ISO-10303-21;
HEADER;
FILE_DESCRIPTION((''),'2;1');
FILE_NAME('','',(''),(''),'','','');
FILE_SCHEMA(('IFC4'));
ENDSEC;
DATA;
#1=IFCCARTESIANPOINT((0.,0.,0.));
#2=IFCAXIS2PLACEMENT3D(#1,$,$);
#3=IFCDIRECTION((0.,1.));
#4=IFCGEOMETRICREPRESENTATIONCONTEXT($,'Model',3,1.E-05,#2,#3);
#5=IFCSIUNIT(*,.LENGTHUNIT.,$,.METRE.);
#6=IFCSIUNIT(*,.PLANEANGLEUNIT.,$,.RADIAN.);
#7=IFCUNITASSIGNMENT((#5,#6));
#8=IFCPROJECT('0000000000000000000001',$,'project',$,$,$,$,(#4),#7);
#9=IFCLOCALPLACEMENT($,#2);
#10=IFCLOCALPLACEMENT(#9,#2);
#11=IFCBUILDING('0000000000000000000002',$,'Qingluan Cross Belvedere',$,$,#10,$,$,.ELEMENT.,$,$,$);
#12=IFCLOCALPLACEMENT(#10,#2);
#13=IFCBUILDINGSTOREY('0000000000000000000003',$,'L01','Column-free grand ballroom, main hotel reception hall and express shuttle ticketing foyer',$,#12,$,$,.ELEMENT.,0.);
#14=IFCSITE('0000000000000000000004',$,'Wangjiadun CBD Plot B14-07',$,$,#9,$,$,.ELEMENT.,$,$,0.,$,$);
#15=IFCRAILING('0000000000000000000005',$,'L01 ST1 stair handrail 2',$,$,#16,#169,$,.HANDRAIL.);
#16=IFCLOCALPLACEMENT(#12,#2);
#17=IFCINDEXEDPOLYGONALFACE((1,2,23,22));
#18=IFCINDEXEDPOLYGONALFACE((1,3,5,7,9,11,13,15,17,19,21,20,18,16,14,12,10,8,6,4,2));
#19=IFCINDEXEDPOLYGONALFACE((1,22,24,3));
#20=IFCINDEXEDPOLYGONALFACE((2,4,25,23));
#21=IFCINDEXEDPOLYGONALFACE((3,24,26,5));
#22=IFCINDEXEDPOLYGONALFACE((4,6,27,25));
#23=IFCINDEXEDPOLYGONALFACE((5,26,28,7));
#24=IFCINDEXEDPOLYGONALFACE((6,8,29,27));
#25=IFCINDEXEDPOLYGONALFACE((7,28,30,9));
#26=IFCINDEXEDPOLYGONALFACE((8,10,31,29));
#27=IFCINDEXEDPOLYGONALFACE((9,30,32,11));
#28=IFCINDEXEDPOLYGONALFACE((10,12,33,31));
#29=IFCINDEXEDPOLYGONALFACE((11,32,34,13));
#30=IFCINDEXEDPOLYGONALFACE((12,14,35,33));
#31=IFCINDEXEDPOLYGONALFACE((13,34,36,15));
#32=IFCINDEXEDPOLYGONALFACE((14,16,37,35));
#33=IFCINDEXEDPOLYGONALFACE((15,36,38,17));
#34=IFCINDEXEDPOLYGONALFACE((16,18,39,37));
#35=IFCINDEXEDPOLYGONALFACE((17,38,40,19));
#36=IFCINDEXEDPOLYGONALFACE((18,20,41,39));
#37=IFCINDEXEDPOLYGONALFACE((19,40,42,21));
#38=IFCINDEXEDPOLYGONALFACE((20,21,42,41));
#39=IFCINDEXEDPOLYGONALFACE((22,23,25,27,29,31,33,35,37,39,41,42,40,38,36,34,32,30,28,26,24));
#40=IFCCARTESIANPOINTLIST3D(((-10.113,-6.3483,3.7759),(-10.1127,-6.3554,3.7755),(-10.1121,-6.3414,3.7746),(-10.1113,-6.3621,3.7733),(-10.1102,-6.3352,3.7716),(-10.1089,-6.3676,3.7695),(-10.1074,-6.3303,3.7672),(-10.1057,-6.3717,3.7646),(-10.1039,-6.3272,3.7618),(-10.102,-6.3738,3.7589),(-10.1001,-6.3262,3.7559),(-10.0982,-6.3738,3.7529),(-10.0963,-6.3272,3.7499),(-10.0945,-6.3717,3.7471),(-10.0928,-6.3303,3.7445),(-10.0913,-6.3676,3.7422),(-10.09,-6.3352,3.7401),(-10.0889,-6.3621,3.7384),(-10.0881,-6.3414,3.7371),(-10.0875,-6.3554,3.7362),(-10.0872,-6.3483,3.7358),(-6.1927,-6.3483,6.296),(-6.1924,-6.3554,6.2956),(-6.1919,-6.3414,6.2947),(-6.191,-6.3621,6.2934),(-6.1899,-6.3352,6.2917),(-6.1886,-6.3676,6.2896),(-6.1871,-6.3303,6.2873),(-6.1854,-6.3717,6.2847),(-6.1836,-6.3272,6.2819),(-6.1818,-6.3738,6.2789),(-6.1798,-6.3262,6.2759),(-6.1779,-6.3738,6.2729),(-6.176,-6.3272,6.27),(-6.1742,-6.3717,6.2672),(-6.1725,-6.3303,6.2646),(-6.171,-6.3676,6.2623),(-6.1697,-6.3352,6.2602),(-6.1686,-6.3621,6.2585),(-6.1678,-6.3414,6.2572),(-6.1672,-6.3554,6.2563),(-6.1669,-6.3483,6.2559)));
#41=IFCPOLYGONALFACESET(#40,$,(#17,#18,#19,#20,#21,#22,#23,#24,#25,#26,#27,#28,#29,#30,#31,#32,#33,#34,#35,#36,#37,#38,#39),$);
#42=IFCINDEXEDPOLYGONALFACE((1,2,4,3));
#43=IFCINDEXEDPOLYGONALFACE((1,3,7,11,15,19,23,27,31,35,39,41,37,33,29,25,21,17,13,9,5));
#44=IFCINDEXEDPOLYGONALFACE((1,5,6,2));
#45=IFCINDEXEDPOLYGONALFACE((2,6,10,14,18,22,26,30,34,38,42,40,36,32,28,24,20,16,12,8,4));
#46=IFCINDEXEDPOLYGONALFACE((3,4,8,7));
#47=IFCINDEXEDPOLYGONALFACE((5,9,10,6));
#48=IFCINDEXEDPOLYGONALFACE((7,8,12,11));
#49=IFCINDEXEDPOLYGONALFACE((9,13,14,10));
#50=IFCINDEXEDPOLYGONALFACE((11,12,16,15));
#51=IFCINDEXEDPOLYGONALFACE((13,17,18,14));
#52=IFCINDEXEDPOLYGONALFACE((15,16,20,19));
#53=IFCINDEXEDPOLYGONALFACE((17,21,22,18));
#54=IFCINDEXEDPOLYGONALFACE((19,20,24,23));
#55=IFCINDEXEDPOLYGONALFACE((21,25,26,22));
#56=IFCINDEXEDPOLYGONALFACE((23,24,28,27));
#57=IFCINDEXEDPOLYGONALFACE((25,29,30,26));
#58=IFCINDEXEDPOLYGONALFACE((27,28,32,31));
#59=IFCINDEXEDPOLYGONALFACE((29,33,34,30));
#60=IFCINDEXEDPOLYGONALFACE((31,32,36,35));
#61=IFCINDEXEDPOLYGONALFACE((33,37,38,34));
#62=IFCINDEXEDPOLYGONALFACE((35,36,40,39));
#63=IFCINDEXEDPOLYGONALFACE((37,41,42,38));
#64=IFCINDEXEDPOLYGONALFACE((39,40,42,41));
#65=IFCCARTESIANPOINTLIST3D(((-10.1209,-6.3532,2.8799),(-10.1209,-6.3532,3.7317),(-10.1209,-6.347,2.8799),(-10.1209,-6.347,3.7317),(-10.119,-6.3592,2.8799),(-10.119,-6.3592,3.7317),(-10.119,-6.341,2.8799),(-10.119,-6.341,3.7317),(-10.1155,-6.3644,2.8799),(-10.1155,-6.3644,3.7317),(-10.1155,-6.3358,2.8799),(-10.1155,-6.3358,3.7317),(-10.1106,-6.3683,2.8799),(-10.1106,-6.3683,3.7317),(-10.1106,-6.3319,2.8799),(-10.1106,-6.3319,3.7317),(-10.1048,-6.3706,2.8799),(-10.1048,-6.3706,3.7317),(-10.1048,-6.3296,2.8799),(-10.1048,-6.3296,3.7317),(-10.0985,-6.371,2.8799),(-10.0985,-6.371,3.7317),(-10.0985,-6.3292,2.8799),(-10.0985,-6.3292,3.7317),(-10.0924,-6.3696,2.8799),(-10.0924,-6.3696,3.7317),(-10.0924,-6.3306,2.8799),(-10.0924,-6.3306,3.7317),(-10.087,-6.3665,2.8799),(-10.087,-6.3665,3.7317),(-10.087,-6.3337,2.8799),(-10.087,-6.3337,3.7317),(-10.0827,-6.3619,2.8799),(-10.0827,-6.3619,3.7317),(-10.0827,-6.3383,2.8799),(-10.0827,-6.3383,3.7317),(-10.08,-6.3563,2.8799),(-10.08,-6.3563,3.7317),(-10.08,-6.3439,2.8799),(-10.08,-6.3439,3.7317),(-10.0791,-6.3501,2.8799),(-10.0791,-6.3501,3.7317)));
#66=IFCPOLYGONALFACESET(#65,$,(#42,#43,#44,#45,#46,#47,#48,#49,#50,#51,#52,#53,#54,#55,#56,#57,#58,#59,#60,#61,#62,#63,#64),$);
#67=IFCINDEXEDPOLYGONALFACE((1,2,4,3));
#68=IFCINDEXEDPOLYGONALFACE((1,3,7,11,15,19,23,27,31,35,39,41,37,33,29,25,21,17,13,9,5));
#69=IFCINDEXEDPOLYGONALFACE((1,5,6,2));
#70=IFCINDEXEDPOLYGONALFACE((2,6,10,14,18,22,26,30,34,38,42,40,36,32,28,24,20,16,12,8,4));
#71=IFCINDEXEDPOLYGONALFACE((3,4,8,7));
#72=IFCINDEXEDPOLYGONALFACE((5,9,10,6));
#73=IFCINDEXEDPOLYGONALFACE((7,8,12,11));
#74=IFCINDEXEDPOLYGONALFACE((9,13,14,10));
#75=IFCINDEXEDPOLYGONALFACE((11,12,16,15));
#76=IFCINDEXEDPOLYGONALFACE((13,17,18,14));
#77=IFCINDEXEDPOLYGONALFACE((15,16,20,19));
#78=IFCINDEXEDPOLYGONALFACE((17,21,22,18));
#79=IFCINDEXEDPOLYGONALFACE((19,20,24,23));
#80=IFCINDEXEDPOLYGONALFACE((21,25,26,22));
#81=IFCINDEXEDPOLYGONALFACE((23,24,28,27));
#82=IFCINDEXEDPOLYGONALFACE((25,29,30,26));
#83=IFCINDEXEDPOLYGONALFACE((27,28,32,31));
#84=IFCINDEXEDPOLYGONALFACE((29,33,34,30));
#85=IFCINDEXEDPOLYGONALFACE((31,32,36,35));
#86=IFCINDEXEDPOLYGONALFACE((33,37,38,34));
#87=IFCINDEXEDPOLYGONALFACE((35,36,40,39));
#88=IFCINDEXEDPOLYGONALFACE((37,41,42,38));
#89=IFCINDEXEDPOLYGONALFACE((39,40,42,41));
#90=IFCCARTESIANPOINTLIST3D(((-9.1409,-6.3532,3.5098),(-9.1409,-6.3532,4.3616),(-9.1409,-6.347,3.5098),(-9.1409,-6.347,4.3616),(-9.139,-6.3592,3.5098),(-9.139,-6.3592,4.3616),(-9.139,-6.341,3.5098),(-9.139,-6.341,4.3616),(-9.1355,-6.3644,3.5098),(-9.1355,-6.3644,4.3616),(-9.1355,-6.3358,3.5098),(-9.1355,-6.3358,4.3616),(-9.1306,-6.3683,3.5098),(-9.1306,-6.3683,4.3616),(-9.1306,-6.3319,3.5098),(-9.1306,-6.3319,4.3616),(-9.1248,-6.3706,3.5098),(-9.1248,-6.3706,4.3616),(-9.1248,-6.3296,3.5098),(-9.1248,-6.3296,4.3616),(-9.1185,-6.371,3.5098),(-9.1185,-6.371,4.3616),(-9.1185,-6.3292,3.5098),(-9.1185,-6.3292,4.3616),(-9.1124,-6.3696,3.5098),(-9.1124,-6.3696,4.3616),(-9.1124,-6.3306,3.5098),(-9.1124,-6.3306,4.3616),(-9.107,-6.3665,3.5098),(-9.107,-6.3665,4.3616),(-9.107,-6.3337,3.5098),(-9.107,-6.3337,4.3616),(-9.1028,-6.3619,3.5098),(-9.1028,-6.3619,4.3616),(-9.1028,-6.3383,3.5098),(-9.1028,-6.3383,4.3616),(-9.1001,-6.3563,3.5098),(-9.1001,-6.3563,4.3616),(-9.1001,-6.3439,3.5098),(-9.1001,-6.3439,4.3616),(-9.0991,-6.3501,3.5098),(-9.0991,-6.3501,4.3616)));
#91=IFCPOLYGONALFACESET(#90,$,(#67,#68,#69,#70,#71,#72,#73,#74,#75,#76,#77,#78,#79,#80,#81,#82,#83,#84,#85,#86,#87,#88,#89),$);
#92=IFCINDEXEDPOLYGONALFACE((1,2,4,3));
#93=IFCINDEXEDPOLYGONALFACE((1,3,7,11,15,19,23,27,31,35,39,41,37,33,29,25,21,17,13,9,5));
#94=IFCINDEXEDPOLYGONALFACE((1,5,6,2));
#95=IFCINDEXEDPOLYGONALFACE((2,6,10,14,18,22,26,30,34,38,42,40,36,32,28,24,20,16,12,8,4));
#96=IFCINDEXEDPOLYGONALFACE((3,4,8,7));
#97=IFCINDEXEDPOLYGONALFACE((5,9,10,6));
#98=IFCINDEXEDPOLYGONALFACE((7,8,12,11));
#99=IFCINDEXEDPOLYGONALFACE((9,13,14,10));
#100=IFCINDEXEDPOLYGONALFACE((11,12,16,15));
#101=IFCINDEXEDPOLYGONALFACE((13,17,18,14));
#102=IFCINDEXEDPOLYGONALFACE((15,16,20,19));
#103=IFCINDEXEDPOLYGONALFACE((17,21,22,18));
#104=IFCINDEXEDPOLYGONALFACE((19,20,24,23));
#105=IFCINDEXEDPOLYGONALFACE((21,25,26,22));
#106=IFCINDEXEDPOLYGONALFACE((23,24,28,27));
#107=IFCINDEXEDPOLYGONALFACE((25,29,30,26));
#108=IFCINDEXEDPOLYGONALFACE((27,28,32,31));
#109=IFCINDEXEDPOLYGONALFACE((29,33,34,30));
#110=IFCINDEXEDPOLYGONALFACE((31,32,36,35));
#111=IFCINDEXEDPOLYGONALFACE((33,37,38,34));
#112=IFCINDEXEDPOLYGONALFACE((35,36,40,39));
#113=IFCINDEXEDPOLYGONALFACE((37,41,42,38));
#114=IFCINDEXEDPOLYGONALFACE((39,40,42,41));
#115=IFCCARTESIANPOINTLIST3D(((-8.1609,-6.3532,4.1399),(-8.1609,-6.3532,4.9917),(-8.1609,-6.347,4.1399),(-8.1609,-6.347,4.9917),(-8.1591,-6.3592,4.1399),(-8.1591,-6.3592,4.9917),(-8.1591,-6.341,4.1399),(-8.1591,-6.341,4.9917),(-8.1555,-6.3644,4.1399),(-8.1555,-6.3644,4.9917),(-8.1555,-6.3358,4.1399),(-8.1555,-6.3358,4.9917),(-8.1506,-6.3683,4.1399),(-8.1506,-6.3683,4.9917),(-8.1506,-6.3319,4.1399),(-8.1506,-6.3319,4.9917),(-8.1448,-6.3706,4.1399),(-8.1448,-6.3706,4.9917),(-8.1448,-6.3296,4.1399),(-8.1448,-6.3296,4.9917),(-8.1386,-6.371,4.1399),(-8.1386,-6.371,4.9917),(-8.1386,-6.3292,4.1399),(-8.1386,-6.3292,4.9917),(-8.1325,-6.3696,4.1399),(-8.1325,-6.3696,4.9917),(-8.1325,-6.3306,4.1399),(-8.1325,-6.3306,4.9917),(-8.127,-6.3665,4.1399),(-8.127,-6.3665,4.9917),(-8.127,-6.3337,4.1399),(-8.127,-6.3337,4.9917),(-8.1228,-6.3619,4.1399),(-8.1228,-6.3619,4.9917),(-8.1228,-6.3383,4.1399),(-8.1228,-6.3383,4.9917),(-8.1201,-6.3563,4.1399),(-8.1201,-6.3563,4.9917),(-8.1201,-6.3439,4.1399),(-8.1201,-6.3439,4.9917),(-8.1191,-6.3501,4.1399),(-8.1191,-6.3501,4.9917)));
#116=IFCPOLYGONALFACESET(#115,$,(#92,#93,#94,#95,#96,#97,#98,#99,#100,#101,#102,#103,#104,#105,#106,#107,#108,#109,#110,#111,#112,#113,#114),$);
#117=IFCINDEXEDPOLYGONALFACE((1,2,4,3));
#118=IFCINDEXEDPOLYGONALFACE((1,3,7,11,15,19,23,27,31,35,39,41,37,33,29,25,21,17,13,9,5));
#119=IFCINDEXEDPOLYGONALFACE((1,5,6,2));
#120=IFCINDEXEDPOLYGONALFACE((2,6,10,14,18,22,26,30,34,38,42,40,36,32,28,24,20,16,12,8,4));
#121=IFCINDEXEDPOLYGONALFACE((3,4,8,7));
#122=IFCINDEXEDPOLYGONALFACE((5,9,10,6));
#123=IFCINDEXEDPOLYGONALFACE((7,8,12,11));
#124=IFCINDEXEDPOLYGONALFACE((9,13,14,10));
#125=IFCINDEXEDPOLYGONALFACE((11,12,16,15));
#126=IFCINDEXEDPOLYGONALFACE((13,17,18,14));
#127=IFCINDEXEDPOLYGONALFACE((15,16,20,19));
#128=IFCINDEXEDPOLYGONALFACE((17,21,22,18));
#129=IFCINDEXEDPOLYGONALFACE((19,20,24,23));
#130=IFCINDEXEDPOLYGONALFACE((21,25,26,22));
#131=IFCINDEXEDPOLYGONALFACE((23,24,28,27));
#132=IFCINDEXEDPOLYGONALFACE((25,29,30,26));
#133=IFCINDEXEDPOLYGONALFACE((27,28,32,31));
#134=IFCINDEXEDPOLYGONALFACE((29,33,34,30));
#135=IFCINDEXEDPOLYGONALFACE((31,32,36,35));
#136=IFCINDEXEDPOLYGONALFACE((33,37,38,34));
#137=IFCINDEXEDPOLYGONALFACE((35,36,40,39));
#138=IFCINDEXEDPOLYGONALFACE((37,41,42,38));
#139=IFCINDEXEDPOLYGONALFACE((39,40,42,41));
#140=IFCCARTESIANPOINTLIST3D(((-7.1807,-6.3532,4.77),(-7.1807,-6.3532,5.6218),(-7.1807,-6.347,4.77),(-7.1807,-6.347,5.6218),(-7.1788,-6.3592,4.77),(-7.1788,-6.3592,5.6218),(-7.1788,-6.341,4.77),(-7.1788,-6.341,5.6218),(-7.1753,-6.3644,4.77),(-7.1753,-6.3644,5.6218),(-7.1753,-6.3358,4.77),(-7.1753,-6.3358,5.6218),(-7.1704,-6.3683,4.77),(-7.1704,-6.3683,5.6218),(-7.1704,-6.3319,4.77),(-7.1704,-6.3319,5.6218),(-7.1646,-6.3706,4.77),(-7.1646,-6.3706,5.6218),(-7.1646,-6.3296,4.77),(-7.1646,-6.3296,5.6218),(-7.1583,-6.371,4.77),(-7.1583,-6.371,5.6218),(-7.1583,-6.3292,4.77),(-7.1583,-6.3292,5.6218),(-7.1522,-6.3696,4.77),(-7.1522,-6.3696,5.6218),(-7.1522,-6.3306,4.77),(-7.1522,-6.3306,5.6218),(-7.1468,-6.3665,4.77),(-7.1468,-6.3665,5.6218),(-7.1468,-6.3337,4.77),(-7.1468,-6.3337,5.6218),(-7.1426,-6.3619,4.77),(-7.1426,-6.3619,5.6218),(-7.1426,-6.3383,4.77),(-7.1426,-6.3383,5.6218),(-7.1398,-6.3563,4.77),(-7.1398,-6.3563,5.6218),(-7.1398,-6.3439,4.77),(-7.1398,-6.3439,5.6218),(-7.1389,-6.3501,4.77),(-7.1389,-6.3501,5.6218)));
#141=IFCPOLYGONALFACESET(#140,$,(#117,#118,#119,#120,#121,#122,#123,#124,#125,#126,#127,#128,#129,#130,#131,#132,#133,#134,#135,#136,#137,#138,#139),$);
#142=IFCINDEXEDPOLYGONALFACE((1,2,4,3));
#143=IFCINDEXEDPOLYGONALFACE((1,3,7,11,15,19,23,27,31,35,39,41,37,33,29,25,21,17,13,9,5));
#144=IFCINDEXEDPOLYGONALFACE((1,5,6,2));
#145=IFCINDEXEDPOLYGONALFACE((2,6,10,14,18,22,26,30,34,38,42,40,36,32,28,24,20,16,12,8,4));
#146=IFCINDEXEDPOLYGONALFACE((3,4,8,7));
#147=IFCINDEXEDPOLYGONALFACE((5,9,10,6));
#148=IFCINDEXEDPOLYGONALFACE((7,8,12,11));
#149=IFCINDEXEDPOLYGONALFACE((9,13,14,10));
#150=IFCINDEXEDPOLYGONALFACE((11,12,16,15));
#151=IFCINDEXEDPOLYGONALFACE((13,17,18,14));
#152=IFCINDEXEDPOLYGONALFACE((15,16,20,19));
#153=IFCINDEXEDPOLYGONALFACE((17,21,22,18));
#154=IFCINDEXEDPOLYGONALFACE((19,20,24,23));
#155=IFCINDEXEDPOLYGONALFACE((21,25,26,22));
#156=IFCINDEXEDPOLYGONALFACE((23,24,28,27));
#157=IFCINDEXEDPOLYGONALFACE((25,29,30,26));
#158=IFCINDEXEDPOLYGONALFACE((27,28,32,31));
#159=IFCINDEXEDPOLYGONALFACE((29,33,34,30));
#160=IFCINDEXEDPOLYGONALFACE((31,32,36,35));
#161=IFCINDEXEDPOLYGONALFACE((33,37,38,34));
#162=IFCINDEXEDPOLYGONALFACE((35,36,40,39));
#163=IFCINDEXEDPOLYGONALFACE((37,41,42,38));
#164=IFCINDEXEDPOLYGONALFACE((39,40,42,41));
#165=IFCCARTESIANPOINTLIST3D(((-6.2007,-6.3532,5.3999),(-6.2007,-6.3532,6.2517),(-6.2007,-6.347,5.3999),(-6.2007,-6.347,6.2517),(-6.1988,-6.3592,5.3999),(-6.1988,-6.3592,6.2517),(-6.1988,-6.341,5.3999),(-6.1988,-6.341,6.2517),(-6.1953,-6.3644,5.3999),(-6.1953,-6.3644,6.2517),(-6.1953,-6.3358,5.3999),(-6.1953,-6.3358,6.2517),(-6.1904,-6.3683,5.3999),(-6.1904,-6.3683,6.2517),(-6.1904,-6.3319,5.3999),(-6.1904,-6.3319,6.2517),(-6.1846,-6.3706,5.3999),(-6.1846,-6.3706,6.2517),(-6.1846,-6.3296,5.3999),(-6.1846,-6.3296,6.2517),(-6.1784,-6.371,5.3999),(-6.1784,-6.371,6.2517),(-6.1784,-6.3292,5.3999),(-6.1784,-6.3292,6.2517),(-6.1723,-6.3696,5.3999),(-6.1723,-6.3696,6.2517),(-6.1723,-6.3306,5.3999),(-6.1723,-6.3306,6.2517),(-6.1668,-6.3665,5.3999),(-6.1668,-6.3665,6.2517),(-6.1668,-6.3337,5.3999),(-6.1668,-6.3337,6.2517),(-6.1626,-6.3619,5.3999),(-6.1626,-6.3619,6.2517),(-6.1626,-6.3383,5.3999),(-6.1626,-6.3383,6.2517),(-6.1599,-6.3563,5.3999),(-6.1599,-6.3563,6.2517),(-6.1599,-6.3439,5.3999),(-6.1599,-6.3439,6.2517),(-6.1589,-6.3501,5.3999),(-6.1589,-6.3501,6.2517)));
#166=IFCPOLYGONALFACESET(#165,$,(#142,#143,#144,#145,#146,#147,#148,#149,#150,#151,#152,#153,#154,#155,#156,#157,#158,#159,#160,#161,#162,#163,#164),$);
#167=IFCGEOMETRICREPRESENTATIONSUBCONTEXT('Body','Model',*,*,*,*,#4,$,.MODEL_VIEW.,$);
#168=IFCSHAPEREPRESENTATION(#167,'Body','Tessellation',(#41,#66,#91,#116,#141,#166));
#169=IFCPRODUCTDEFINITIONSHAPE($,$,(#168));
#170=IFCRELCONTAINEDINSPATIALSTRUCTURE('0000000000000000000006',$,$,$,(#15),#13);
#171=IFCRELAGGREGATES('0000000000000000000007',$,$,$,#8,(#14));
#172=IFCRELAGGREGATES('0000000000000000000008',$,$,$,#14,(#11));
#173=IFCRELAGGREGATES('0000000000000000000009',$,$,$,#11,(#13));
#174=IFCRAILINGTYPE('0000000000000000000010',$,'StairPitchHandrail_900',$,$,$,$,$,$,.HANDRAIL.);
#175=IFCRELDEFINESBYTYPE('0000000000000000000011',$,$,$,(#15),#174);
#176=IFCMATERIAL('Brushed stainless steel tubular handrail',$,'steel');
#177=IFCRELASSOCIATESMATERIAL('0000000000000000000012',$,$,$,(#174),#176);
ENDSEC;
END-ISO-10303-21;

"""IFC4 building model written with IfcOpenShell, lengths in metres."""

from ifc_helpers import new_model, si_unit, direction, frame, origin, origin_2d, place, context, subcontext, project, spatial, circle, extrude, material, type_object, element, save


model = new_model("IFC4")

# Units and contexts
model_context = context("Model", 3, precision=1e-05, world=origin(), true_north=direction((0.0, 1.0)))
body_context = subcontext(model_context, "Body", "Model", "MODEL_VIEW")
ifc_project = project(units=[si_unit("LENGTHUNIT", "METRE"), si_unit("PLANEANGLEUNIT", "RADIAN")], contexts=[model_context])

# Site, building, storey
site_placement = place(None, origin())
site = spatial("IfcSite", under=ifc_project, at=site_placement, Name="Wangjiadun CBD Plot B14-07", CompositionType="ELEMENT", RefElevation=0.0)
building_placement = place(site_placement, origin())
building = spatial("IfcBuilding", under=site, at=building_placement, Name="Qingluan Cross Belvedere", CompositionType="ELEMENT")
storey_placement = place(building_placement, origin())
storey = spatial("IfcBuildingStorey", under=building, at=storey_placement, Name="L01", Description="Column-free grand ballroom, main hotel reception hall and express shuttle ticketing foyer", CompositionType="ELEMENT", Elevation=0.0)

# Railing
ifc_material_1 = material(Name="Brushed stainless steel tubular handrail", Category="steel")
railing_type_1 = type_object("IfcRailingType", Name="StairPitchHandrail_900", PredefinedType="HANDRAIL", material=ifc_material_1)
railing_1_placement = place(storey_placement, frame((-10.1001, -6.3501, 2.8799)))
element("IfcRailing", 1, at=railing_1_placement, inside=storey, type_object=railing_type_1, Name="L01 ST1 stair handrail 2", PredefinedType="HANDRAIL", context=body_context, shape_type="SweptSolid", body=[
    extrude(circle(Radius=0.0239, at=origin_2d()), frame((0.0, 0.0, 0.876), z_axis=(0.841187, 0.0, 0.540744), x_axis=(0.0, 1.0, 0.0)), (0.0, 0.0, 1.0), 4.6604),
    extrude(circle(Radius=0.021, at=origin_2d()), origin(), (0.0, 0.0, 1.0), 0.8518),
    extrude(circle(Radius=0.021, at=origin_2d()), frame((0.98, 0.0, 0.6299)), (0.0, 0.0, 1.0), 0.8518),
    extrude(circle(Radius=0.021, at=origin_2d()), frame((1.96, 0.0, 1.26)), (0.0, 0.0, 1.0), 0.8518),
    extrude(circle(Radius=0.021, at=origin_2d()), frame((2.9402, 0.0, 1.8901)), (0.0, 0.0, 1.0), 0.8518),
    extrude(circle(Radius=0.021, at=origin_2d()), frame((3.9202, 0.0, 2.52)), (0.0, 0.0, 1.0), 0.8518),
])

save(model, "model.ifc")
